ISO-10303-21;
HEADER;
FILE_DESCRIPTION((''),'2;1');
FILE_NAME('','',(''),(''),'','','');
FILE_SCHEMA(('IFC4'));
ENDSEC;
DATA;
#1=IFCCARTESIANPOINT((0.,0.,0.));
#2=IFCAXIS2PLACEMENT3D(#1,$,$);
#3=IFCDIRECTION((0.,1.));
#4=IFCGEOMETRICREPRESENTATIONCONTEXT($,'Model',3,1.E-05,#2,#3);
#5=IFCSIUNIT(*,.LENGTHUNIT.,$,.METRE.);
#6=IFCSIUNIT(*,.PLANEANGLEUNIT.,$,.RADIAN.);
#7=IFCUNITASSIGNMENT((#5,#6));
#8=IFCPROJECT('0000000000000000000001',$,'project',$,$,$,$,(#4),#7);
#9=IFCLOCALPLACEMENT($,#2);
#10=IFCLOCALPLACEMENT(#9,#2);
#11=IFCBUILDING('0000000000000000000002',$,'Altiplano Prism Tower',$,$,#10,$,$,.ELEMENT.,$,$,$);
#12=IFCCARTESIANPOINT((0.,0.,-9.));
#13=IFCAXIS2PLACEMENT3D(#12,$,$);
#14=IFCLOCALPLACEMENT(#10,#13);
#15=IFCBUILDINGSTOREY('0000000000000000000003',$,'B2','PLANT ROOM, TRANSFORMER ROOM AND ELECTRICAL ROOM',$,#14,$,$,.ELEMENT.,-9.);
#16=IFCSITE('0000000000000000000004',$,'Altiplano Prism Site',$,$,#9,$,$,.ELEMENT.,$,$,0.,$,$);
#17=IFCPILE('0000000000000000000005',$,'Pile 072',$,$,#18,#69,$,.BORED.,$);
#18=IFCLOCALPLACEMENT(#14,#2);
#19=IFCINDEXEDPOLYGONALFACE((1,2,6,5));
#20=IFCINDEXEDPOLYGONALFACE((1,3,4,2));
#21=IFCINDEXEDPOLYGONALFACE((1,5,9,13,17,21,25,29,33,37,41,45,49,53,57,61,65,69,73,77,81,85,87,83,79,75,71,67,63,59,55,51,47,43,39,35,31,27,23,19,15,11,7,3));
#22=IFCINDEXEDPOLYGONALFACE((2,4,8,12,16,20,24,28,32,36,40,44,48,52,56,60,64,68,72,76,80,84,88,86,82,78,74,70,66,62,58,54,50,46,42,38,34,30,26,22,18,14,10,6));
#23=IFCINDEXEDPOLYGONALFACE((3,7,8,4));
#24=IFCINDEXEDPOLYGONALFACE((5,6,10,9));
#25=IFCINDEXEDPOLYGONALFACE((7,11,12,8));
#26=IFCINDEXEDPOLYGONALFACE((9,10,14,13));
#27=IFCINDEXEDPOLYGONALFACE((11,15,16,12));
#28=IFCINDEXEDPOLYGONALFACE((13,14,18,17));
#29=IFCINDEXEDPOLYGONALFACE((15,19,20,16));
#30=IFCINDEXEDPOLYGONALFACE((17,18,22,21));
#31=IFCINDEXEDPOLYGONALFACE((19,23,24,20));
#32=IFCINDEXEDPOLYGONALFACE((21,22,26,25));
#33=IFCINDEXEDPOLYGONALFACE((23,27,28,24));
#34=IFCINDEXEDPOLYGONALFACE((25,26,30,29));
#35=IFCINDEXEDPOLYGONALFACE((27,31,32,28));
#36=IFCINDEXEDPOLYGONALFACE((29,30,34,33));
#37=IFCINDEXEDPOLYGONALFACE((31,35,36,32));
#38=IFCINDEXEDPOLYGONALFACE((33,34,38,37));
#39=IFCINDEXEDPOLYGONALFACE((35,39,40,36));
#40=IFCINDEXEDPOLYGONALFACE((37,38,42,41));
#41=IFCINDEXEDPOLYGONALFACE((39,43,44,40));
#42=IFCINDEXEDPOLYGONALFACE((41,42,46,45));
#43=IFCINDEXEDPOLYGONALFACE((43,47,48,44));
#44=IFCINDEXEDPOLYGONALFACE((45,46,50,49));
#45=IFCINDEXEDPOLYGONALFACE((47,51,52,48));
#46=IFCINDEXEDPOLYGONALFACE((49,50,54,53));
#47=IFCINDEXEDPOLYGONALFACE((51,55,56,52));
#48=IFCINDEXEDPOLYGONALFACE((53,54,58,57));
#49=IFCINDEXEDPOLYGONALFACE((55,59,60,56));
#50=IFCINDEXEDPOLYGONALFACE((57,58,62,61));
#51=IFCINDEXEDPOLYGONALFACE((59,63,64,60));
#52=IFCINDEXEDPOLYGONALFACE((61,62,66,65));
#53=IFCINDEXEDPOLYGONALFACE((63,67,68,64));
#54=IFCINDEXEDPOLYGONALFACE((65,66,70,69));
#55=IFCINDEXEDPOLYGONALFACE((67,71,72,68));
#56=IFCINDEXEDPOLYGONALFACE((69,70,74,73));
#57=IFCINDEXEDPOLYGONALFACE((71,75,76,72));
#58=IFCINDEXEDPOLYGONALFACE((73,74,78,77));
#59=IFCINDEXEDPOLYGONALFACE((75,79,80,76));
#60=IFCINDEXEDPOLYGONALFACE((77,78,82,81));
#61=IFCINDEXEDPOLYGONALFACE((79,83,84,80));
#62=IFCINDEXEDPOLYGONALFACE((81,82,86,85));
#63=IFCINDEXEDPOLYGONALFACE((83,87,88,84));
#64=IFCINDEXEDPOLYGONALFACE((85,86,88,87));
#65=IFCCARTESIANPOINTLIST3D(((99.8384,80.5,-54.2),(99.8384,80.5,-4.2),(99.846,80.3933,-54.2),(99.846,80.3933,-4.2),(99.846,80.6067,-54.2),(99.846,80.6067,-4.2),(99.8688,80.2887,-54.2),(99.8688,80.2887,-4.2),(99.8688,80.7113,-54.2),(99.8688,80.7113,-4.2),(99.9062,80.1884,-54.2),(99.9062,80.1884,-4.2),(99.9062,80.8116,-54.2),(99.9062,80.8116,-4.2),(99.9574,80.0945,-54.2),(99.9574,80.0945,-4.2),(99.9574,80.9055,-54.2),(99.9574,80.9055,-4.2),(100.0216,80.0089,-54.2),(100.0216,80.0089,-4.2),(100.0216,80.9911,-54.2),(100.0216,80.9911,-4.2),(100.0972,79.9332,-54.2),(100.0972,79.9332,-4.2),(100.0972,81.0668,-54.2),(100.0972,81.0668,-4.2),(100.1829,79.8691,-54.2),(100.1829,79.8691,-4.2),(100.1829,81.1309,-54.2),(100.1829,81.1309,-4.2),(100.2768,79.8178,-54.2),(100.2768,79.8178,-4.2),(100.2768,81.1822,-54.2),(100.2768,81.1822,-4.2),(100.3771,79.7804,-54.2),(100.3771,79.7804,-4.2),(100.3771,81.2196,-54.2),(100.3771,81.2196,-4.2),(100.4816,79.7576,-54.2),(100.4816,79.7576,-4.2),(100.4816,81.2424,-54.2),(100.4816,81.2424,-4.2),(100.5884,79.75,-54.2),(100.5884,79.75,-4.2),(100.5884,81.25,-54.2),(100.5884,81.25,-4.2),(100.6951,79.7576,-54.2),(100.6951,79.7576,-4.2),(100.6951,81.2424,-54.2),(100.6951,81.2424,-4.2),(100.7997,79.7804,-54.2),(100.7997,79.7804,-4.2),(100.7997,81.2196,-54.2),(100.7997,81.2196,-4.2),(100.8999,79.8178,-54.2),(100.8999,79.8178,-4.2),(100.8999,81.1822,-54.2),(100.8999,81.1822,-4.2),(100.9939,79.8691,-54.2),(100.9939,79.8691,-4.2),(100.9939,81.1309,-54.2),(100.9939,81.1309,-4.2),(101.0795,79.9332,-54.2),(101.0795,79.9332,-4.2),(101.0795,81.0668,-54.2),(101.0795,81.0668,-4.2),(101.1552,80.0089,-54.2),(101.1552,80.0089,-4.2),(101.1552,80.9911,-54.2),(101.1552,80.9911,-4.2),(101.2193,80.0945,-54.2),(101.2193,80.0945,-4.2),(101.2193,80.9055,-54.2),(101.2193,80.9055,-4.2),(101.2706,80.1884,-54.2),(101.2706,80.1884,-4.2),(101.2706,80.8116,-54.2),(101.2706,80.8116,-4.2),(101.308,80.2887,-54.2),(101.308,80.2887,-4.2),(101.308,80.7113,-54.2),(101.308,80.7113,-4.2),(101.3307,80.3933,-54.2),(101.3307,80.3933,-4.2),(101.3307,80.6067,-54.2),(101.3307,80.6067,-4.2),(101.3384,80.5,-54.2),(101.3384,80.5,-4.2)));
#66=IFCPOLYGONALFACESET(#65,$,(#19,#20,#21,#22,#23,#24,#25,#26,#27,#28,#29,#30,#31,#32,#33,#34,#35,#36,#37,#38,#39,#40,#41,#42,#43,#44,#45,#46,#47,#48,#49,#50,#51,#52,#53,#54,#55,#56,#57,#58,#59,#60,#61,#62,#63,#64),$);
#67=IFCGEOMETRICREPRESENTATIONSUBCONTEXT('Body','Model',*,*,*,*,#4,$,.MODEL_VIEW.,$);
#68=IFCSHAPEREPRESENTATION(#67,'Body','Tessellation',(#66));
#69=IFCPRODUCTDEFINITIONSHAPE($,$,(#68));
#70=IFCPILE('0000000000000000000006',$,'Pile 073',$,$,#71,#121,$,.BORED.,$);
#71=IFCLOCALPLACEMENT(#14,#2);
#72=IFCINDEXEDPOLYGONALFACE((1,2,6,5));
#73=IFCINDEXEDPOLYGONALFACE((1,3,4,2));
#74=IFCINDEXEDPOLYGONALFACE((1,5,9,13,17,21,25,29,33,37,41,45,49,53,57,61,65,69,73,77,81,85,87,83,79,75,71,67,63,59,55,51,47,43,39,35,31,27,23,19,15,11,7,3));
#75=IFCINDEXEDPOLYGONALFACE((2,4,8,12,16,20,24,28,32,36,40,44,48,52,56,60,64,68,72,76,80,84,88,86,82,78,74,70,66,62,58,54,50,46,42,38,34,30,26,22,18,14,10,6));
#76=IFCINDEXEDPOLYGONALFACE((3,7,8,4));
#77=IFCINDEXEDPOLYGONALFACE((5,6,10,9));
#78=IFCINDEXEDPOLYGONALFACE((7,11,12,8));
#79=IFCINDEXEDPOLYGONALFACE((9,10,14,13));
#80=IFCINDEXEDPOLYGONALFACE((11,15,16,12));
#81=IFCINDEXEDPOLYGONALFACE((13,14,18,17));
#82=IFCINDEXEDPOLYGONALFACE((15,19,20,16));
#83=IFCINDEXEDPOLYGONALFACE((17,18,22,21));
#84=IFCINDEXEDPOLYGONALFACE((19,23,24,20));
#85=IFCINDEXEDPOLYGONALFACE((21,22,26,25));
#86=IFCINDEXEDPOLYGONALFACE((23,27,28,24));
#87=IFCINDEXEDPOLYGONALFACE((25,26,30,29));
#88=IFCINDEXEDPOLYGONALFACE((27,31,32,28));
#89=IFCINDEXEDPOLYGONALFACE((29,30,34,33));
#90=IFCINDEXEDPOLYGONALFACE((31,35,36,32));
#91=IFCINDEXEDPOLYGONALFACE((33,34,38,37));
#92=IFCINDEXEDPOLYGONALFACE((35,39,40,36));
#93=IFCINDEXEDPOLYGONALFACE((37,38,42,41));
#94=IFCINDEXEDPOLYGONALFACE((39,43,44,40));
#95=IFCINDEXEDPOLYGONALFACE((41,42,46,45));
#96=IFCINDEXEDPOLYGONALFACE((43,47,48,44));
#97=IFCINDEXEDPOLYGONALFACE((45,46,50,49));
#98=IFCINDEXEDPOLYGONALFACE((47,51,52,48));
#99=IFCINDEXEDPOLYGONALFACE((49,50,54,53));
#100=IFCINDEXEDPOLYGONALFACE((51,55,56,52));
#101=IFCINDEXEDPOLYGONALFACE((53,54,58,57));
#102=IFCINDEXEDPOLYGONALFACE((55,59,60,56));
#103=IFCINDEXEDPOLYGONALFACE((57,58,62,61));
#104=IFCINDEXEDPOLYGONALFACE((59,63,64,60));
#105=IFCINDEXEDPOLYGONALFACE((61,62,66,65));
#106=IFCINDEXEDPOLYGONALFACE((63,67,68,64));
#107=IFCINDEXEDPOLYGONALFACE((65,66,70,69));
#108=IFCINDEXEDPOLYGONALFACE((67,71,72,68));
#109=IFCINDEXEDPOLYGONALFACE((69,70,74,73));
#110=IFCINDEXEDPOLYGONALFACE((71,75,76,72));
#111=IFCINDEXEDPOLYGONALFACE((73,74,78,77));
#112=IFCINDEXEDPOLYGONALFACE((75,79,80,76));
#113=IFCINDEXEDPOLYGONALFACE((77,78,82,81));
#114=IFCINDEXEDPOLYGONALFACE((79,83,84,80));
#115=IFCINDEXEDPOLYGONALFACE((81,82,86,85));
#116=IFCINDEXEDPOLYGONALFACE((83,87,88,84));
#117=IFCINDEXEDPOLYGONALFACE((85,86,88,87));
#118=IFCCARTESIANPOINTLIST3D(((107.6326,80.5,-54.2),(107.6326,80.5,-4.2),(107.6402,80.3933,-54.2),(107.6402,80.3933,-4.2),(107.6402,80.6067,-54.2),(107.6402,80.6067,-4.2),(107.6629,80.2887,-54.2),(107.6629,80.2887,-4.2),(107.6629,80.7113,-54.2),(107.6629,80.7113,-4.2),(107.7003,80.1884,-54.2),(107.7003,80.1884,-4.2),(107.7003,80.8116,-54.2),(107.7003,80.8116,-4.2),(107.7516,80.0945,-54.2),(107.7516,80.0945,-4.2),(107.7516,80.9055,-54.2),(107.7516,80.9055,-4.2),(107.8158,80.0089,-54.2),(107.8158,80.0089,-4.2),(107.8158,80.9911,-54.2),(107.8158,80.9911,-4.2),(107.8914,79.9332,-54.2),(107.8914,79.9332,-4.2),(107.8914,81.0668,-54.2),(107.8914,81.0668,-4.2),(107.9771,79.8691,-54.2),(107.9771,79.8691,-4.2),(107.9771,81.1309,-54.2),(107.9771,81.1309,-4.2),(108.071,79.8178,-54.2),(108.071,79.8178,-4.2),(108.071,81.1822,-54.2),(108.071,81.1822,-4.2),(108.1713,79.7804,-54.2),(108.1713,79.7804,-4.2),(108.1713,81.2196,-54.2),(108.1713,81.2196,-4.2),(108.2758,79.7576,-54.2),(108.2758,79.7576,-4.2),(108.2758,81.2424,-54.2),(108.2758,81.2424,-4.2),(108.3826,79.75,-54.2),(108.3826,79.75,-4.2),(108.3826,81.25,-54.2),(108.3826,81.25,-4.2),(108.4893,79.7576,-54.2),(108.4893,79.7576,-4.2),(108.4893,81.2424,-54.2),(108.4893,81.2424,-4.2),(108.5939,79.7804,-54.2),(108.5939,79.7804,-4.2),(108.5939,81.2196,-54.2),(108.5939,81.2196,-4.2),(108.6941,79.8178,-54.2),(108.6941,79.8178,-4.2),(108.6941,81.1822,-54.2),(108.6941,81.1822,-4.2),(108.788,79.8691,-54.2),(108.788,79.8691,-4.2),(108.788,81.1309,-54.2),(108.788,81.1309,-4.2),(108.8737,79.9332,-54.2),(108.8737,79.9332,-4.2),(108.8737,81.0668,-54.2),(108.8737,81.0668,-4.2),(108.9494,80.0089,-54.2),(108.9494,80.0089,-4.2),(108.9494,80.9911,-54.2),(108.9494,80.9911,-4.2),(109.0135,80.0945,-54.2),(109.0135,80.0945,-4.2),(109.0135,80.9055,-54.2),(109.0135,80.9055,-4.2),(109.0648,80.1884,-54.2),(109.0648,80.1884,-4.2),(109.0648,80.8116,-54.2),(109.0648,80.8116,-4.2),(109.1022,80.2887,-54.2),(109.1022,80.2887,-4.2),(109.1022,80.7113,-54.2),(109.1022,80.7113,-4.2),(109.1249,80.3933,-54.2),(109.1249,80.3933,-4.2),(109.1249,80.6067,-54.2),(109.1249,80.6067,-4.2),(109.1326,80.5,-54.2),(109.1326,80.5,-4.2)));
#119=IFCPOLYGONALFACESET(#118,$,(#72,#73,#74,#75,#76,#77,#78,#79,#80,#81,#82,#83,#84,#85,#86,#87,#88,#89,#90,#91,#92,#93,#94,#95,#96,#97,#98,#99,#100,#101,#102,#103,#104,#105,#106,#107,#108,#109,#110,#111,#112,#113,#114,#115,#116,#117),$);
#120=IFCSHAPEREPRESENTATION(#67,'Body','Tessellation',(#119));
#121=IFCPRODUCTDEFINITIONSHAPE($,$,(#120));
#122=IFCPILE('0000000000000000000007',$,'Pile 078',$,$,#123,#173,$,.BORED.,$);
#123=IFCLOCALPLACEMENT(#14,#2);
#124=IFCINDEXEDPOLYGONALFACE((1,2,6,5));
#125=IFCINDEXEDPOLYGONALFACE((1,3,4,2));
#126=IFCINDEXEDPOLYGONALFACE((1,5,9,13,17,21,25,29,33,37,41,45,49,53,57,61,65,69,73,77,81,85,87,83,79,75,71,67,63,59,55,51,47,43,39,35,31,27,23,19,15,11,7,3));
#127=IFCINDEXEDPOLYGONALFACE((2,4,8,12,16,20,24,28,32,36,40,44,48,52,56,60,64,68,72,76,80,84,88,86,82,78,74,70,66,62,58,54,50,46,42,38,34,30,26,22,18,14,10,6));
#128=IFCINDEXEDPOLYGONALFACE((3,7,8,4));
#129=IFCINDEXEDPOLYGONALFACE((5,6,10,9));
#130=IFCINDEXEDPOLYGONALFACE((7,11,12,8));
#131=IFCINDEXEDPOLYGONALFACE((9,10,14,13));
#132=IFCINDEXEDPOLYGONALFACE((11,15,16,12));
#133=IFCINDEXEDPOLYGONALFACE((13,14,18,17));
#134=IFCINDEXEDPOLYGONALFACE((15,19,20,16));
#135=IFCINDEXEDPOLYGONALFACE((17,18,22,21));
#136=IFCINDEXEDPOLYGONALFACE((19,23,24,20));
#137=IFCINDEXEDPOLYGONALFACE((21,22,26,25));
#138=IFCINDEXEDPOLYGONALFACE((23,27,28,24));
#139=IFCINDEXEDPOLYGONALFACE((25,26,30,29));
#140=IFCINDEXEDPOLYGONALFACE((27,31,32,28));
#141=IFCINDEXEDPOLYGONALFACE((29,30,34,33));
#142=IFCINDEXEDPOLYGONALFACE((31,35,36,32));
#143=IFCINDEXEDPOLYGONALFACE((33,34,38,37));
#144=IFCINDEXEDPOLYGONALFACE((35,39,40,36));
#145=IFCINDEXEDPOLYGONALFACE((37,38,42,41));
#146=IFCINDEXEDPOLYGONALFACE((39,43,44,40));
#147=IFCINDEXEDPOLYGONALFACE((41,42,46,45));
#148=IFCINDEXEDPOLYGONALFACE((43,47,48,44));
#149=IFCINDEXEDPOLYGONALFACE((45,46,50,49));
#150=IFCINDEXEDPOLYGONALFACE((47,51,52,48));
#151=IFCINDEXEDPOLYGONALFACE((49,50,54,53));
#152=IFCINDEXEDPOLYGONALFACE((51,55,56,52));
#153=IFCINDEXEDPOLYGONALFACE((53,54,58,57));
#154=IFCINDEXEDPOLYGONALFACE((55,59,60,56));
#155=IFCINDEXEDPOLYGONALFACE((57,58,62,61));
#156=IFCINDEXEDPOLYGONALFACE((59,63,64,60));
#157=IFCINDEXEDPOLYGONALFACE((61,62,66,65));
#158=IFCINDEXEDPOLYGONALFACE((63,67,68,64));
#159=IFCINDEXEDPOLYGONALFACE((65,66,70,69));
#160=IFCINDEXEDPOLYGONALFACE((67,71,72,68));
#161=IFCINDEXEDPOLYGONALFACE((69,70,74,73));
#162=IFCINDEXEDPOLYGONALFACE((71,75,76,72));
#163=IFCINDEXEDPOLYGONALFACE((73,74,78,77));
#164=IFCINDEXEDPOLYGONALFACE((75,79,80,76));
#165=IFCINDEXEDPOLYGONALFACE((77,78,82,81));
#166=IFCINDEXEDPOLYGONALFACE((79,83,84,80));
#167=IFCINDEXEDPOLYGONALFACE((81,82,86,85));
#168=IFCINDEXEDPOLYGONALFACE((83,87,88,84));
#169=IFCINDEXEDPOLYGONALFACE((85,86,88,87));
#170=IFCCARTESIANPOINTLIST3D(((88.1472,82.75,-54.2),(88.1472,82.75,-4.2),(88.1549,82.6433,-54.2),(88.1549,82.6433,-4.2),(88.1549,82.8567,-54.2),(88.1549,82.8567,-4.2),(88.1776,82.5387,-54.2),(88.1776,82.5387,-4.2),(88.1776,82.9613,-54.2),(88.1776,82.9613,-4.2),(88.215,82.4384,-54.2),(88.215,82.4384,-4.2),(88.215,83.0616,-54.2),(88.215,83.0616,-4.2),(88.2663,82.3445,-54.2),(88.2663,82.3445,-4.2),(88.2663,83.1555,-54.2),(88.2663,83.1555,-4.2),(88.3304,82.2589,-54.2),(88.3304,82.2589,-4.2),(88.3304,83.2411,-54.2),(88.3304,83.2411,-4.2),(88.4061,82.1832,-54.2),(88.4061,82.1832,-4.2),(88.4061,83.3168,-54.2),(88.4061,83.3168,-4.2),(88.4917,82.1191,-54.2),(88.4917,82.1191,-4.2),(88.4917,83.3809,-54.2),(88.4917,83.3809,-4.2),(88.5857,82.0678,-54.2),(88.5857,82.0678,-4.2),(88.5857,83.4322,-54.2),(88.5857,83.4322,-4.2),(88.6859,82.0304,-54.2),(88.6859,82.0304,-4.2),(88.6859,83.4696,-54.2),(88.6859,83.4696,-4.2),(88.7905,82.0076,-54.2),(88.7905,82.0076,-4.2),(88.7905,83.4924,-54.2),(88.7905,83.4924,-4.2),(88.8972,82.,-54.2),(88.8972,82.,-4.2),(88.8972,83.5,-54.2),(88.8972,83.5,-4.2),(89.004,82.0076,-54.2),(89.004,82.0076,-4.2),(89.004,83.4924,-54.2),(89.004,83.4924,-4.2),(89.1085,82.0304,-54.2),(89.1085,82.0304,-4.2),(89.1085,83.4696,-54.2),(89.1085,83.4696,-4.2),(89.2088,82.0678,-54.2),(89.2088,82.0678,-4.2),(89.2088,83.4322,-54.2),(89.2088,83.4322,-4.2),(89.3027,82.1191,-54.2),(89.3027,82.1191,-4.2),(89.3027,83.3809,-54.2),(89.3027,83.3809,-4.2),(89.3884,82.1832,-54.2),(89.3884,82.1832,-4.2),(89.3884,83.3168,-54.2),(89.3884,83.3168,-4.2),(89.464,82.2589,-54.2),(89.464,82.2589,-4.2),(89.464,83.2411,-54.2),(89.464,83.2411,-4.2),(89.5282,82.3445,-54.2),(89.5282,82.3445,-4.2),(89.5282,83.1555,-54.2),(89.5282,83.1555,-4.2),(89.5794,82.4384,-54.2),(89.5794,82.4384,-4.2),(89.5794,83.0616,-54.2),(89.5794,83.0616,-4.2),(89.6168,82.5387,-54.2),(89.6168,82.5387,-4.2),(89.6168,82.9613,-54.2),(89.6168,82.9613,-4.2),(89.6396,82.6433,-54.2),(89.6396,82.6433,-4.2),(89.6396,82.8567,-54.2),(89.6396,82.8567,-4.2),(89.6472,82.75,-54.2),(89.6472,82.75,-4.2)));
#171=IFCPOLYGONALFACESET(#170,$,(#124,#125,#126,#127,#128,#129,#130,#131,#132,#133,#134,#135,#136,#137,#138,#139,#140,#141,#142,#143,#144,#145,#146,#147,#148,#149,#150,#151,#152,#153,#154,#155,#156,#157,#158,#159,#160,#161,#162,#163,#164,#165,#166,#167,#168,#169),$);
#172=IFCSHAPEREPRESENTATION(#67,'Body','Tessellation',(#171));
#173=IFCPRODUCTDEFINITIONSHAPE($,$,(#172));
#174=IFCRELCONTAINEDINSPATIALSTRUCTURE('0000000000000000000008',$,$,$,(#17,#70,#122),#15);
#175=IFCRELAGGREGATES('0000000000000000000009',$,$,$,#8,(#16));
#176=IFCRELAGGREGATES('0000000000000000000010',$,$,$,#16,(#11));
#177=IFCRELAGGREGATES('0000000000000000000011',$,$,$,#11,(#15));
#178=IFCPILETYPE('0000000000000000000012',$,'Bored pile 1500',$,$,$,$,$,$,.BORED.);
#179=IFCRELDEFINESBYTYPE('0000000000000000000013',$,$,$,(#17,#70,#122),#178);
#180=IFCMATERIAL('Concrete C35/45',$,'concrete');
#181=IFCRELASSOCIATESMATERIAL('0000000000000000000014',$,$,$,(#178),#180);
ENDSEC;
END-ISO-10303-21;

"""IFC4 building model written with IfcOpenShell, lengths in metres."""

from ifc_helpers import new_model, si_unit, direction, frame, origin, origin_2d, place, context, subcontext, project, spatial, circle, extrude, material, material_profile, profile_set, type_object, element, save


model = new_model("IFC4")

# Units and contexts
model_context = context("Model", 3, precision=1e-05, world=origin(), true_north=direction((0.0, 1.0)))
body_context = subcontext(model_context, "Body", "Model", "MODEL_VIEW")
ifc_project = project(units=[si_unit("LENGTHUNIT", "METRE"), si_unit("PLANEANGLEUNIT", "RADIAN")], contexts=[model_context])

# Site, building, storey
site_placement = place(None, origin())
site = spatial("IfcSite", under=ifc_project, at=site_placement, Name="Altiplano Prism Site", CompositionType="ELEMENT", RefElevation=0.0)
building_placement = place(site_placement, origin())
building = spatial("IfcBuilding", under=site, at=building_placement, Name="Altiplano Prism Tower", CompositionType="ELEMENT")
storey_placement = place(building_placement, frame((0.0, 0.0, -9.0)))
storey = spatial("IfcBuildingStorey", under=building, at=storey_placement, Name="B2", Description="PLANT ROOM, TRANSFORMER ROOM AND ELECTRICAL ROOM", CompositionType="ELEMENT", Elevation=-9.0)

# Piles
ifc_material_1 = material(Name="Concrete C35/45", Category="concrete")
ifc_material_profile_1 = material_profile(ifc_material_1, circle(Radius=0.75, at=origin_2d()), Name="Bored pile 1500")
ifc_profile_set_1 = profile_set([ifc_material_profile_1], Name="Concrete C35/45")
pile_type = type_object("IfcPileType", Name="Bored pile 1500", PredefinedType="BORED", material=ifc_profile_set_1)
for number, where, z_axis, x_axis, name in (
    (1, (100.5884, 80.5, -4.2), (0.0, 0.0, -1.0), (1.0, 0.0, 0.0), "Pile 072"),
    (2, (108.3826, 80.5, -4.2), (0.0, 0.0, -1.0), (1.0, 0.0, 0.0), "Pile 073"),
    (3, (88.8972, 82.75, -4.2), (0.0, 0.0, -1.0), (1.0, 0.0, 0.0), "Pile 078"),
):
    element("IfcPile", number, at=place(storey_placement, frame(where, z_axis=z_axis, x_axis=x_axis)), inside=storey, type_object=pile_type, Name=name, PredefinedType="BORED", context=body_context, shape_type="SweptSolid", body=[
        extrude(circle(Radius=0.75, at=origin_2d()), origin(), (0.0, 0.0, 1.0), 50.0),
    ])

save(model, "model.ifc")
